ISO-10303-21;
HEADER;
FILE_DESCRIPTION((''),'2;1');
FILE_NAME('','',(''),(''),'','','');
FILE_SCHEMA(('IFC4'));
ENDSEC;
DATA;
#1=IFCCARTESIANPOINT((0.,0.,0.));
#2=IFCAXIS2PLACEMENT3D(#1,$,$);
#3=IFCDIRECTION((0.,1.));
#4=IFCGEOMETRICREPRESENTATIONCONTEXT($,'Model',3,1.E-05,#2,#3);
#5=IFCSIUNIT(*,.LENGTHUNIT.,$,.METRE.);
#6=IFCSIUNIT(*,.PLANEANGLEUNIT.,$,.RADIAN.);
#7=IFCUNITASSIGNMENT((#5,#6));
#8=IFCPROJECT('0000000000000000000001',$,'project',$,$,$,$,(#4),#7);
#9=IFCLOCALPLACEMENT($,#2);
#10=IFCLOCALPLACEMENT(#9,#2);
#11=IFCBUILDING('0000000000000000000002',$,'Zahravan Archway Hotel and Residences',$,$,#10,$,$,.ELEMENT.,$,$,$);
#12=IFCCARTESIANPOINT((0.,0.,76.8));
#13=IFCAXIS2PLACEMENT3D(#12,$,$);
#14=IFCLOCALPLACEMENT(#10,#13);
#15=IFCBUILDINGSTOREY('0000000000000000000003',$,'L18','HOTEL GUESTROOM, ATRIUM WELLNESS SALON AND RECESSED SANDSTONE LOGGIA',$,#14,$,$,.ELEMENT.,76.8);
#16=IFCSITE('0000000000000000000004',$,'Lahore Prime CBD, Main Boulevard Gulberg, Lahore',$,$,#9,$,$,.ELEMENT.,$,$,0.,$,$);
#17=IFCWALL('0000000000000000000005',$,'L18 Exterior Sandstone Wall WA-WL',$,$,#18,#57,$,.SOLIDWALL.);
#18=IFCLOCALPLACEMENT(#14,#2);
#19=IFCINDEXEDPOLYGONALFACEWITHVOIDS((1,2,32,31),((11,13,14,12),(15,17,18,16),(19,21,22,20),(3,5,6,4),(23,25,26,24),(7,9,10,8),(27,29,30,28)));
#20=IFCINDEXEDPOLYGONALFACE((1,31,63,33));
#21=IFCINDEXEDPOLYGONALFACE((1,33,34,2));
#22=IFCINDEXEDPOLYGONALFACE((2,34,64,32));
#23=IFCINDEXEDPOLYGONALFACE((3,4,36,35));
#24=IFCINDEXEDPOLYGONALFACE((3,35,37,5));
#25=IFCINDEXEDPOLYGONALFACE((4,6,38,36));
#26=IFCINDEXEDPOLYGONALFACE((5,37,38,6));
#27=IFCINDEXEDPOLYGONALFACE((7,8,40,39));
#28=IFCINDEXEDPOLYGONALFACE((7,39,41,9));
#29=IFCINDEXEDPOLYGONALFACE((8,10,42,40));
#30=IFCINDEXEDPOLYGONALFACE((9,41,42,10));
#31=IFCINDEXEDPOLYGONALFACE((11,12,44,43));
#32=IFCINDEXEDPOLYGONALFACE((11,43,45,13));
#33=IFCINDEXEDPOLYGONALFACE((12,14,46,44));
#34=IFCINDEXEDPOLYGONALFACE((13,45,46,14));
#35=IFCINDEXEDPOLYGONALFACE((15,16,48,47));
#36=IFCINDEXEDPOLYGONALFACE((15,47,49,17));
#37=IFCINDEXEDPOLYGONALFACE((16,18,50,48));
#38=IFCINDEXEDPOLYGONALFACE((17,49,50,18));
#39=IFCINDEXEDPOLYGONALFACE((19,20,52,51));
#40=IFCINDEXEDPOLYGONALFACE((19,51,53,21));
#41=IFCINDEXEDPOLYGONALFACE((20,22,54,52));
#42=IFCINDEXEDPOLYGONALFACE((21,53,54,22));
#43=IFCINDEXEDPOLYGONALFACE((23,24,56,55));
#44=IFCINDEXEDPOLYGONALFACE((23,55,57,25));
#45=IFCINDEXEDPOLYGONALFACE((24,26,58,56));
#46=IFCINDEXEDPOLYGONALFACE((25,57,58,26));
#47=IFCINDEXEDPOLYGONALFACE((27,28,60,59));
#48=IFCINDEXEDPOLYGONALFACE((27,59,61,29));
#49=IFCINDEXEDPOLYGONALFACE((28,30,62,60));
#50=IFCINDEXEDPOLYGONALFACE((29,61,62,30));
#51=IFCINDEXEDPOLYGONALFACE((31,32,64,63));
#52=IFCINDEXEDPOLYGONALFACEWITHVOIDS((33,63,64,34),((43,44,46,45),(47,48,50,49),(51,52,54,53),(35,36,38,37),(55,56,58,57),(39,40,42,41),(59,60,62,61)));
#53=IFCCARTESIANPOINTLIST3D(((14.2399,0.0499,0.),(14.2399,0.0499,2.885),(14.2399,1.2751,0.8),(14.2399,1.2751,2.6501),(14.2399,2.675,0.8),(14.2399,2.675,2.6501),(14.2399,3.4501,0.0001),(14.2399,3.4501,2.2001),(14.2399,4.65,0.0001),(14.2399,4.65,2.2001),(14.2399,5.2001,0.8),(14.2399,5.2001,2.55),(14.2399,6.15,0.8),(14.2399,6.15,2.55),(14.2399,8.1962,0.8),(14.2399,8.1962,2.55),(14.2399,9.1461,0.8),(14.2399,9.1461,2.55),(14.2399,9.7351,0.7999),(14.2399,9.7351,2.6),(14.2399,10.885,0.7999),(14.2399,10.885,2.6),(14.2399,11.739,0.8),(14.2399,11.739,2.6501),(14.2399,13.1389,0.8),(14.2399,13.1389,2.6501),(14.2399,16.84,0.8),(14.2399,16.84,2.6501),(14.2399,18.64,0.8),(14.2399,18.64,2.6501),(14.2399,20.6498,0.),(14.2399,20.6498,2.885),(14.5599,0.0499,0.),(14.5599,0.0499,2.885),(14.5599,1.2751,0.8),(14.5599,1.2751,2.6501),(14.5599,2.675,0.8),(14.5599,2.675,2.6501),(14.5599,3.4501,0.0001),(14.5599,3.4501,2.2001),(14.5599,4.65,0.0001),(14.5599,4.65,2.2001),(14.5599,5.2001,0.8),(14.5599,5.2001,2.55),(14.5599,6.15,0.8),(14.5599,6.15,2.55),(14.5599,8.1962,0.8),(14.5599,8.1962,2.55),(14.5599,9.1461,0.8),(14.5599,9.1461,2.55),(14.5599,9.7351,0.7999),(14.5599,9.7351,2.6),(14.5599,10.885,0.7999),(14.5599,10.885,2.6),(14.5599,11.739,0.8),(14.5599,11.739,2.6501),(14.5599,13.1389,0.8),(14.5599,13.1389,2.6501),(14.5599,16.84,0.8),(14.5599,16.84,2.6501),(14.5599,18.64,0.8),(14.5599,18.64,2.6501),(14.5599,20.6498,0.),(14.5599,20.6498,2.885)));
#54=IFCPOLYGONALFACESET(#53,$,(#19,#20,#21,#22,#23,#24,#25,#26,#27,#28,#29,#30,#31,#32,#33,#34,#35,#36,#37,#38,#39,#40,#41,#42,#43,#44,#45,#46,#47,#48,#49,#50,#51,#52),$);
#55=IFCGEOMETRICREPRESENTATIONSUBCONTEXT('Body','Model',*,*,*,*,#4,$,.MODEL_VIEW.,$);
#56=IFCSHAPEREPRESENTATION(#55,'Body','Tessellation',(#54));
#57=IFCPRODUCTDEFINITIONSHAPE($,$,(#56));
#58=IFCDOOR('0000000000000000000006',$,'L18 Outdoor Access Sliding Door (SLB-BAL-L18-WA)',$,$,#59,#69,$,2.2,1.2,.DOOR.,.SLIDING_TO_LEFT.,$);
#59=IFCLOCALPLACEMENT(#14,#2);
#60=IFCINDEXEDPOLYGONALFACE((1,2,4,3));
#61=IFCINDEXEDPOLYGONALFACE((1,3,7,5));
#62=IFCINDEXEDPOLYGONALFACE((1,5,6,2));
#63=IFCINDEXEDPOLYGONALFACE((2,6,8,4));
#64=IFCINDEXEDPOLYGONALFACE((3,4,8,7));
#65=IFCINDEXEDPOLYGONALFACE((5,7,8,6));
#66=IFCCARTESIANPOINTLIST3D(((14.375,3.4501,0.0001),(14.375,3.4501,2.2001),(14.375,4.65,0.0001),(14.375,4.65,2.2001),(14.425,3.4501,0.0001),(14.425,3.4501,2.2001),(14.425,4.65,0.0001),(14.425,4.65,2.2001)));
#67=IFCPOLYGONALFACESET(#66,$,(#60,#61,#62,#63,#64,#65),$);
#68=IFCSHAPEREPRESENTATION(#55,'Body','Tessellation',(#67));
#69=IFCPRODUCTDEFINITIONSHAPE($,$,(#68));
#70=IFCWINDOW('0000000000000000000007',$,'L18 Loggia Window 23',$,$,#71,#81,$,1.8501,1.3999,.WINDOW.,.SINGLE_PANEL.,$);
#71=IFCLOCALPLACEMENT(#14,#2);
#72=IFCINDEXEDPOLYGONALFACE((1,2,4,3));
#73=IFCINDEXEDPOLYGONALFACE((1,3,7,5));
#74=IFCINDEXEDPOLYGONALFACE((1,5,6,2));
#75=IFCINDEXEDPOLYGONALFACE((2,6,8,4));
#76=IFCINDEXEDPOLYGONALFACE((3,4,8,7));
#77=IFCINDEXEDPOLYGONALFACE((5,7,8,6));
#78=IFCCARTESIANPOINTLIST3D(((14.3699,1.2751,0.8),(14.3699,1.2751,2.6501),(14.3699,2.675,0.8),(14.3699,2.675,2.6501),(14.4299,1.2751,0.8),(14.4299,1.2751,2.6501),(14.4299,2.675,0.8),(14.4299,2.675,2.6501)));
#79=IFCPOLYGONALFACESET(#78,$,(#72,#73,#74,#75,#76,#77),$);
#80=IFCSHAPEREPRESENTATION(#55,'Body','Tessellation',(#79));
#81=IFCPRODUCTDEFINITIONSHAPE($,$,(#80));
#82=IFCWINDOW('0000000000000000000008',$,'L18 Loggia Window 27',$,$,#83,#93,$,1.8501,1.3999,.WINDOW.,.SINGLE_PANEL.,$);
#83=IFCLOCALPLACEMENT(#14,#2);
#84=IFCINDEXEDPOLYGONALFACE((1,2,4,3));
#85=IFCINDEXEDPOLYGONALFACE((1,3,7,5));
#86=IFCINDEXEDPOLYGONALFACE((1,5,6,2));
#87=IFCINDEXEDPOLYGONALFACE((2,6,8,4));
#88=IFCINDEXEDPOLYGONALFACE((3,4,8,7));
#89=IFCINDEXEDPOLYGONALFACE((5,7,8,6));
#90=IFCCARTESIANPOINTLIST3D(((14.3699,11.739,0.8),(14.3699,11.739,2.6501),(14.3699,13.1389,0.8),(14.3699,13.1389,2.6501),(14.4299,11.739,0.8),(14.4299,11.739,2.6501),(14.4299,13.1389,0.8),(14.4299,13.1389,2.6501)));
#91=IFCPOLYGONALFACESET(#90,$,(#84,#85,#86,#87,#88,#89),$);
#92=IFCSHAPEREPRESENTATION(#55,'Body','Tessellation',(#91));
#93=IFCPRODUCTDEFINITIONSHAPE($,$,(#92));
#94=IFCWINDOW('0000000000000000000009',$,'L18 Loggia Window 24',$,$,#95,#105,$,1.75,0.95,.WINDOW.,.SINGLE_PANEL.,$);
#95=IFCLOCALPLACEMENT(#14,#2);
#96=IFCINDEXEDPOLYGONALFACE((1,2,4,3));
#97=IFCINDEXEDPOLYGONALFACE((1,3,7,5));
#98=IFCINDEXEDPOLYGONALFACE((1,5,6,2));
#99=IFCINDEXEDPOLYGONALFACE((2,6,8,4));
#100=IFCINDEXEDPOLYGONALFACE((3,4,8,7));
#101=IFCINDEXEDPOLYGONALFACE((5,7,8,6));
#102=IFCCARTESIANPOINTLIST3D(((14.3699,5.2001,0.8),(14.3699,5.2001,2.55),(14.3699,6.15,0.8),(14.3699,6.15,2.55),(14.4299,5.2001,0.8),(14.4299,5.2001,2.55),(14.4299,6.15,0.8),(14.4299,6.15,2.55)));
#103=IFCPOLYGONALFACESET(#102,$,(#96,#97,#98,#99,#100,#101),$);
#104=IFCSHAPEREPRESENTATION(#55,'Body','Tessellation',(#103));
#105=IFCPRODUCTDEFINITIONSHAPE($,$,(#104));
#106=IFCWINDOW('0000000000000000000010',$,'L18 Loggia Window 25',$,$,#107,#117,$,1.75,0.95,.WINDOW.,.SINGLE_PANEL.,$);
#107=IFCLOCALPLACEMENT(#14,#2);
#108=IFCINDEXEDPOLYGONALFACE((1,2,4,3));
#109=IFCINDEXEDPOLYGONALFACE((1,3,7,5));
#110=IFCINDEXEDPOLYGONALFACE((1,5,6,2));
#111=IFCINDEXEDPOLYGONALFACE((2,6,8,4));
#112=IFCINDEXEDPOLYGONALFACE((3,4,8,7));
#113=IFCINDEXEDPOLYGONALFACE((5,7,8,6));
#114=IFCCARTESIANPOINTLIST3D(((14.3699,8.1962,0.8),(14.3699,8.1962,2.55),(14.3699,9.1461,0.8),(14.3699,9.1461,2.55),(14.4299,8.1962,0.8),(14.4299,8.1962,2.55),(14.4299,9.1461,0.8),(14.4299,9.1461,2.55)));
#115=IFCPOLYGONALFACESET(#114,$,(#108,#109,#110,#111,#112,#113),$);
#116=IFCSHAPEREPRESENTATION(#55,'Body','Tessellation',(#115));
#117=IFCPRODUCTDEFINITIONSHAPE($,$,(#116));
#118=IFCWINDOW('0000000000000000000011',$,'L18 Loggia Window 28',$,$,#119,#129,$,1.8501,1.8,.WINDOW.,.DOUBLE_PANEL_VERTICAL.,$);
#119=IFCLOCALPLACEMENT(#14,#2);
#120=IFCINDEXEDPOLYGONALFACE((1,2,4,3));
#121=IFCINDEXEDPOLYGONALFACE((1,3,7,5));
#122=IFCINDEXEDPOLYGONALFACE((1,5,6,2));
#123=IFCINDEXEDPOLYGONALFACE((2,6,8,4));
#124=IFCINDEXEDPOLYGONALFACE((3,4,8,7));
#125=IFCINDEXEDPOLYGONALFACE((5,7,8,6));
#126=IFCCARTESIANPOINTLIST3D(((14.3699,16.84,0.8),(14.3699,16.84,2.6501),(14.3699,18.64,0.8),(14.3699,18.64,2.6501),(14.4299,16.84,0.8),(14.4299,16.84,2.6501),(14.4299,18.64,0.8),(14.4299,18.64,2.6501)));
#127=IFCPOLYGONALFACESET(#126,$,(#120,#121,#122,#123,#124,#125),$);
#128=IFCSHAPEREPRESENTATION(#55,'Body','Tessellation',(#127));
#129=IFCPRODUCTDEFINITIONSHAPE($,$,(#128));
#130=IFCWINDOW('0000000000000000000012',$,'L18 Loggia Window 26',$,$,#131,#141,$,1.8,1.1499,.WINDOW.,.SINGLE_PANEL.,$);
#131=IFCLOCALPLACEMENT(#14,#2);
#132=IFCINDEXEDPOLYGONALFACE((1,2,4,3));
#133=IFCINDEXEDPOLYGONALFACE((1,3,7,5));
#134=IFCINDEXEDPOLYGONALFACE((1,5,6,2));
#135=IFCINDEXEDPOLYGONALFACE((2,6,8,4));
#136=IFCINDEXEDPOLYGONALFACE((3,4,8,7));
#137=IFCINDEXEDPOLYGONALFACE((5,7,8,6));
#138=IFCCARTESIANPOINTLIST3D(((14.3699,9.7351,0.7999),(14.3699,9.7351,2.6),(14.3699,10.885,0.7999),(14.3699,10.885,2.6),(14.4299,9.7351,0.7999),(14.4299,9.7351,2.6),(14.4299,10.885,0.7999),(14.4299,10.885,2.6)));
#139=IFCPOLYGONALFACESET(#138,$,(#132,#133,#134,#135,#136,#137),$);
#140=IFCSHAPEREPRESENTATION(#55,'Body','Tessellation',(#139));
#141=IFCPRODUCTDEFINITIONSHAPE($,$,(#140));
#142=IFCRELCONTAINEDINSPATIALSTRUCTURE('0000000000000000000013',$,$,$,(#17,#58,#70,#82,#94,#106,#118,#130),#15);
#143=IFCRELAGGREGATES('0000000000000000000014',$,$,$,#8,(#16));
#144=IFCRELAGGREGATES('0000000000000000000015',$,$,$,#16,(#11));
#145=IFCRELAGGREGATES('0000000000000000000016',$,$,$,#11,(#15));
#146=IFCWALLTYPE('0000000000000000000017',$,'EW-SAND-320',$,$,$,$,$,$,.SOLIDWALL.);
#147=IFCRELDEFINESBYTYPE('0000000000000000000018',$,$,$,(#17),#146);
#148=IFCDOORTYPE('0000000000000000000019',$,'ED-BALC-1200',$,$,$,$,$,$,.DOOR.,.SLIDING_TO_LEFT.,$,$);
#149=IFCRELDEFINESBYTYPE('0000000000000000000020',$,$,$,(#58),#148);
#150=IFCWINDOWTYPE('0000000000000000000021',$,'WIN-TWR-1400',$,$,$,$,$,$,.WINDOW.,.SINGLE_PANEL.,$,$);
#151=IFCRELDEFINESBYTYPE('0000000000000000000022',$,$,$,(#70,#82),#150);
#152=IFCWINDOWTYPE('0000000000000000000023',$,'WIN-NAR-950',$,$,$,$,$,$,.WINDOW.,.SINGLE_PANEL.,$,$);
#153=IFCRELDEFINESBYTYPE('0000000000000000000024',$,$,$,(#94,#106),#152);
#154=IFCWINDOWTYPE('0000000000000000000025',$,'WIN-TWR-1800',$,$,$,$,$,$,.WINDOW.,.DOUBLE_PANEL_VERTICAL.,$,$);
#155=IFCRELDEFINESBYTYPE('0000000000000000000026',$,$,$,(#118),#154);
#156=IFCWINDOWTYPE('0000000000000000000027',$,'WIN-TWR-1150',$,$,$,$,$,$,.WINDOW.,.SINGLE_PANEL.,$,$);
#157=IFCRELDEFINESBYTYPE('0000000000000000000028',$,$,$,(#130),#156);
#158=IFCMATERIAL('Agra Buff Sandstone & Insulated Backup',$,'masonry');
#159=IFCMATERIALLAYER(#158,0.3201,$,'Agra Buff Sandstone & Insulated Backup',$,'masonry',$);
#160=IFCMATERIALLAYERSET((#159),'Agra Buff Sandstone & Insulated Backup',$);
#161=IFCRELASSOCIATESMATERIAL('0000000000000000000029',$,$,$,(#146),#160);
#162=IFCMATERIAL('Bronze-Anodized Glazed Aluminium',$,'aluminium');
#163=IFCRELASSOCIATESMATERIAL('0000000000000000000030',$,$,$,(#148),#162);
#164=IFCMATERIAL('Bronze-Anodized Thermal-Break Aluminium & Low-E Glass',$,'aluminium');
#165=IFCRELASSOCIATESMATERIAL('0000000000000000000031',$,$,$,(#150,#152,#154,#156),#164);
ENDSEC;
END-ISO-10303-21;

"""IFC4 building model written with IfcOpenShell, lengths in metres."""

from ifc_helpers import new_model, si_unit, direction, frame, frame_2d, origin, place, context, subcontext, project, spatial, rectangle, extrude, source, transform, mapped, material, layer, layer_set, type_object, type_shapes, element, fill, save


model = new_model("IFC4")

# Units and contexts
model_context = context("Model", 3, precision=1e-05, world=origin(), true_north=direction((0.0, 1.0)))
body_context = subcontext(model_context, "Body", "Model", "MODEL_VIEW")
ifc_project = project(units=[si_unit("LENGTHUNIT", "METRE"), si_unit("PLANEANGLEUNIT", "RADIAN")], contexts=[model_context])

# Site, building, storey
site_placement = place(None, origin())
site = spatial("IfcSite", under=ifc_project, at=site_placement, Name="Lahore Prime CBD, Main Boulevard Gulberg, Lahore", CompositionType="ELEMENT", RefElevation=0.0)
building_placement = place(site_placement, origin())
building = spatial("IfcBuilding", under=site, at=building_placement, Name="Zahravan Archway Hotel and Residences", CompositionType="ELEMENT")
storey_placement = place(building_placement, frame((0.0, 0.0, 76.8)))
storey = spatial("IfcBuildingStorey", under=building, at=storey_placement, Name="L18", Description="HOTEL GUESTROOM, ATRIUM WELLNESS SALON AND RECESSED SANDSTONE LOGGIA", CompositionType="ELEMENT", Elevation=76.8)

# Wall, openings, door, windows
ifc_material_1 = material(Name="Agra Buff Sandstone & Insulated Backup", Category="masonry")
ifc_layer = layer(ifc_material_1, 0.3201, Name="Agra Buff Sandstone & Insulated Backup", Category="masonry")
ifc_layer_set = layer_set([ifc_layer], Name="Agra Buff Sandstone & Insulated Backup")
wall_type = type_object("IfcWallType", Name="EW-SAND-320", PredefinedType="SOLIDWALL", material=ifc_layer_set)
wall_placement = place(storey_placement, frame((14.3999, 0.05, 0.0), z_axis=(0.0, 0.0, 1.0), x_axis=(0.0, 1.0, 0.0)))
wall = element("IfcWall", 1, at=wall_placement, inside=storey, type_object=wall_type, Name="L18 Exterior Sandstone Wall WA-WL", PredefinedType="SOLIDWALL", context=body_context, shape_type="SweptSolid", body=[
    extrude(rectangle(XDim=20.5999, YDim=0.3201, at=frame_2d((10.2998, 0.0))), origin(), (0.0, 0.0, 1.0), 2.885),
])
opening_1_placement = place(wall_placement, frame((3.3999, 0.0, 0.0)))
opening_1 = element("IfcOpeningElement", 2, at=opening_1_placement, cuts=wall, PredefinedType="OPENING", context=body_context, shape_type="SweptSolid", body=[
    extrude(rectangle(XDim=1.2, YDim=2.2, at=frame_2d((0.6001, 1.1001))), frame((0.0, 0.1699, 0.0), z_axis=(0.0, -1.0, 0.0), x_axis=(1.0, 0.0, 0.0)), (0.0, 0.0, 1.0), 0.3401),
])
opening_2_placement = place(wall_placement, frame((1.2251, 0.0, 0.8)))
opening_2 = element("IfcOpeningElement", 3, at=opening_2_placement, cuts=wall, PredefinedType="OPENING", context=body_context, shape_type="SweptSolid", body=[
    extrude(rectangle(XDim=1.3999, YDim=1.8501, at=frame_2d((0.7, 0.925))), frame((0.0, 0.1699, 0.0), z_axis=(0.0, -1.0, 0.0), x_axis=(1.0, 0.0, 0.0)), (0.0, 0.0, 1.0), 0.3401),
])
opening_3_placement = place(wall_placement, frame((5.1499, 0.0, 0.8)))
opening_3 = element("IfcOpeningElement", 4, at=opening_3_placement, cuts=wall, PredefinedType="OPENING", context=body_context, shape_type="SweptSolid", body=[
    extrude(rectangle(XDim=0.95, YDim=1.75, at=frame_2d((0.4751, 0.875))), frame((0.0, 0.1699, 0.0), z_axis=(0.0, -1.0, 0.0), x_axis=(1.0, 0.0, 0.0)), (0.0, 0.0, 1.0), 0.3401),
])
opening_4_placement = place(wall_placement, frame((8.146, 0.0, 0.8)))
opening_4 = element("IfcOpeningElement", 5, at=opening_4_placement, cuts=wall, PredefinedType="OPENING", context=body_context, shape_type="SweptSolid", body=[
    extrude(rectangle(XDim=0.95, YDim=1.75, at=frame_2d((0.4751, 0.875))), frame((0.0, 0.1699, 0.0), z_axis=(0.0, -1.0, 0.0), x_axis=(1.0, 0.0, 0.0)), (0.0, 0.0, 1.0), 0.3401),
])
opening_5_placement = place(wall_placement, frame((9.6851, 0.0, 0.8)))
opening_5 = element("IfcOpeningElement", 6, at=opening_5_placement, cuts=wall, PredefinedType="OPENING", context=body_context, shape_type="SweptSolid", body=[
    extrude(rectangle(XDim=1.1499, YDim=1.8, at=frame_2d((0.575, 0.8999))), frame((0.0, 0.1699, 0.0), z_axis=(0.0, -1.0, 0.0), x_axis=(1.0, 0.0, 0.0)), (0.0, 0.0, 1.0), 0.3401),
])
opening_6_placement = place(wall_placement, frame((11.689, 0.0, 0.8)))
opening_6 = element("IfcOpeningElement", 7, at=opening_6_placement, cuts=wall, PredefinedType="OPENING", context=body_context, shape_type="SweptSolid", body=[
    extrude(rectangle(XDim=1.3999, YDim=1.8501, at=frame_2d((0.7, 0.925))), frame((0.0, 0.1699, 0.0), z_axis=(0.0, -1.0, 0.0), x_axis=(1.0, 0.0, 0.0)), (0.0, 0.0, 1.0), 0.3401),
])
opening_7_placement = place(wall_placement, frame((16.79, 0.0, 0.8)))
opening_7 = element("IfcOpeningElement", 8, at=opening_7_placement, cuts=wall, PredefinedType="OPENING", context=body_context, shape_type="SweptSolid", body=[
    extrude(rectangle(XDim=1.8, YDim=1.8501, at=frame_2d((0.8999, 0.925))), frame((0.0, 0.1699, 0.0), z_axis=(0.0, -1.0, 0.0), x_axis=(1.0, 0.0, 0.0)), (0.0, 0.0, 1.0), 0.3401),
])
ifc_material_2 = material(Name="Bronze-Anodized Glazed Aluminium", Category="aluminium")
door_type = type_object("IfcDoorType", Name="ED-BALC-1200", OperationType="SLIDING_TO_LEFT", PredefinedType="DOOR", material=ifc_material_2)
shared_shape_1 = source(origin(), body_context, "Body", "SweptSolid", [
    extrude(rectangle(XDim=1.2, YDim=2.2, at=frame_2d((0.6001, 1.1001))), frame((0.0, 0.0249, 0.0), z_axis=(0.0, -1.0, 0.0), x_axis=(1.0, 0.0, 0.0)), (0.0, 0.0, 1.0), 0.05),
])
type_shapes(door_type, [shared_shape_1])
door_placement = place(opening_1_placement, origin())
door = element("IfcDoor", 9, at=door_placement, inside=storey, type_object=door_type, Name="L18 Outdoor Access Sliding Door (SLB-BAL-L18-WA)", OperationType="SLIDING_TO_LEFT", OverallHeight=2.2, OverallWidth=1.2, PredefinedType="DOOR", context=body_context, shape_type="MappedRepresentation", body=[
    mapped(shared_shape_1, transform((0.0, 0.0, 0.0), scale=1.0)),
])
fill(opening_1, door)
ifc_material_3 = material(Name="Bronze-Anodized Thermal-Break Aluminium & Low-E Glass", Category="aluminium")
window_type_1 = type_object("IfcWindowType", Name="WIN-TWR-1400", PartitioningType="SINGLE_PANEL", PredefinedType="WINDOW", material=ifc_material_3)
shared_shape_2 = source(origin(), body_context, "Body", "SweptSolid", [
    extrude(rectangle(XDim=1.3999, YDim=1.8501, at=frame_2d((0.7, 0.925))), frame((0.0, 0.03, 0.0), z_axis=(0.0, -1.0, 0.0), x_axis=(1.0, 0.0, 0.0)), (0.0, 0.0, 1.0), 0.0601),
])
type_shapes(window_type_1, [shared_shape_2])
window_1_placement = place(opening_2_placement, origin())
window_1 = element("IfcWindow", 10, at=window_1_placement, inside=storey, type_object=window_type_1, Name="L18 Loggia Window 23", OverallHeight=1.8501, OverallWidth=1.3999, PartitioningType="SINGLE_PANEL", PredefinedType="WINDOW", context=body_context, shape_type="MappedRepresentation", body=[
    mapped(shared_shape_2, transform((0.0, 0.0, 0.0), scale=1.0)),
])
fill(opening_2, window_1)
window_2_placement = place(opening_6_placement, origin())
window_2 = element("IfcWindow", 11, at=window_2_placement, inside=storey, type_object=window_type_1, Name="L18 Loggia Window 27", OverallHeight=1.8501, OverallWidth=1.3999, PartitioningType="SINGLE_PANEL", PredefinedType="WINDOW", context=body_context, shape_type="MappedRepresentation", body=[
    mapped(shared_shape_2, transform((0.0, 0.0, 0.0), scale=1.0)),
])
fill(opening_6, window_2)
window_type_2 = type_object("IfcWindowType", Name="WIN-NAR-950", PartitioningType="SINGLE_PANEL", PredefinedType="WINDOW", material=ifc_material_3)
shared_shape_3 = source(origin(), body_context, "Body", "SweptSolid", [
    extrude(rectangle(XDim=0.95, YDim=1.75, at=frame_2d((0.4751, 0.875))), frame((0.0, 0.03, 0.0), z_axis=(0.0, -1.0, 0.0), x_axis=(1.0, 0.0, 0.0)), (0.0, 0.0, 1.0), 0.0601),
])
type_shapes(window_type_2, [shared_shape_3])
window_3_placement = place(opening_3_placement, origin())
window_3 = element("IfcWindow", 12, at=window_3_placement, inside=storey, type_object=window_type_2, Name="L18 Loggia Window 24", OverallHeight=1.75, OverallWidth=0.95, PartitioningType="SINGLE_PANEL", PredefinedType="WINDOW", context=body_context, shape_type="MappedRepresentation", body=[
    mapped(shared_shape_3, transform((0.0, 0.0, 0.0), scale=1.0)),
])
fill(opening_3, window_3)
window_4_placement = place(opening_4_placement, origin())
window_4 = element("IfcWindow", 13, at=window_4_placement, inside=storey, type_object=window_type_2, Name="L18 Loggia Window 25", OverallHeight=1.75, OverallWidth=0.95, PartitioningType="SINGLE_PANEL", PredefinedType="WINDOW", context=body_context, shape_type="MappedRepresentation", body=[
    mapped(shared_shape_3, transform((0.0, 0.0, 0.0), scale=1.0)),
])
fill(opening_4, window_4)
window_type_3 = type_object("IfcWindowType", Name="WIN-TWR-1800", PartitioningType="DOUBLE_PANEL_VERTICAL", PredefinedType="WINDOW", material=ifc_material_3)
shared_shape_4 = source(origin(), body_context, "Body", "SweptSolid", [
    extrude(rectangle(XDim=1.8, YDim=1.8501, at=frame_2d((0.8999, 0.925))), frame((0.0, 0.03, 0.0), z_axis=(0.0, -1.0, 0.0), x_axis=(1.0, 0.0, 0.0)), (0.0, 0.0, 1.0), 0.0601),
])
type_shapes(window_type_3, [shared_shape_4])
window_5_placement = place(opening_7_placement, origin())
window_5 = element("IfcWindow", 14, at=window_5_placement, inside=storey, type_object=window_type_3, Name="L18 Loggia Window 28", OverallHeight=1.8501, OverallWidth=1.8, PartitioningType="DOUBLE_PANEL_VERTICAL", PredefinedType="WINDOW", context=body_context, shape_type="MappedRepresentation", body=[
    mapped(shared_shape_4, transform((0.0, 0.0, 0.0), scale=1.0)),
])
fill(opening_7, window_5)
window_type_4 = type_object("IfcWindowType", Name="WIN-TWR-1150", PartitioningType="SINGLE_PANEL", PredefinedType="WINDOW", material=ifc_material_3)
shared_shape_5 = source(origin(), body_context, "Body", "SweptSolid", [
    extrude(rectangle(XDim=1.1499, YDim=1.8, at=frame_2d((0.575, 0.8999))), frame((0.0, 0.03, 0.0), z_axis=(0.0, -1.0, 0.0), x_axis=(1.0, 0.0, 0.0)), (0.0, 0.0, 1.0), 0.0601),
])
type_shapes(window_type_4, [shared_shape_5])
window_6_placement = place(opening_5_placement, origin())
window_6 = element("IfcWindow", 15, at=window_6_placement, inside=storey, type_object=window_type_4, Name="L18 Loggia Window 26", OverallHeight=1.8, OverallWidth=1.1499, PartitioningType="SINGLE_PANEL", PredefinedType="WINDOW", context=body_context, shape_type="MappedRepresentation", body=[
    mapped(shared_shape_5, transform((0.0, 0.0, 0.0), scale=1.0)),
])
fill(opening_5, window_6)

save(model, "model.ifc")
